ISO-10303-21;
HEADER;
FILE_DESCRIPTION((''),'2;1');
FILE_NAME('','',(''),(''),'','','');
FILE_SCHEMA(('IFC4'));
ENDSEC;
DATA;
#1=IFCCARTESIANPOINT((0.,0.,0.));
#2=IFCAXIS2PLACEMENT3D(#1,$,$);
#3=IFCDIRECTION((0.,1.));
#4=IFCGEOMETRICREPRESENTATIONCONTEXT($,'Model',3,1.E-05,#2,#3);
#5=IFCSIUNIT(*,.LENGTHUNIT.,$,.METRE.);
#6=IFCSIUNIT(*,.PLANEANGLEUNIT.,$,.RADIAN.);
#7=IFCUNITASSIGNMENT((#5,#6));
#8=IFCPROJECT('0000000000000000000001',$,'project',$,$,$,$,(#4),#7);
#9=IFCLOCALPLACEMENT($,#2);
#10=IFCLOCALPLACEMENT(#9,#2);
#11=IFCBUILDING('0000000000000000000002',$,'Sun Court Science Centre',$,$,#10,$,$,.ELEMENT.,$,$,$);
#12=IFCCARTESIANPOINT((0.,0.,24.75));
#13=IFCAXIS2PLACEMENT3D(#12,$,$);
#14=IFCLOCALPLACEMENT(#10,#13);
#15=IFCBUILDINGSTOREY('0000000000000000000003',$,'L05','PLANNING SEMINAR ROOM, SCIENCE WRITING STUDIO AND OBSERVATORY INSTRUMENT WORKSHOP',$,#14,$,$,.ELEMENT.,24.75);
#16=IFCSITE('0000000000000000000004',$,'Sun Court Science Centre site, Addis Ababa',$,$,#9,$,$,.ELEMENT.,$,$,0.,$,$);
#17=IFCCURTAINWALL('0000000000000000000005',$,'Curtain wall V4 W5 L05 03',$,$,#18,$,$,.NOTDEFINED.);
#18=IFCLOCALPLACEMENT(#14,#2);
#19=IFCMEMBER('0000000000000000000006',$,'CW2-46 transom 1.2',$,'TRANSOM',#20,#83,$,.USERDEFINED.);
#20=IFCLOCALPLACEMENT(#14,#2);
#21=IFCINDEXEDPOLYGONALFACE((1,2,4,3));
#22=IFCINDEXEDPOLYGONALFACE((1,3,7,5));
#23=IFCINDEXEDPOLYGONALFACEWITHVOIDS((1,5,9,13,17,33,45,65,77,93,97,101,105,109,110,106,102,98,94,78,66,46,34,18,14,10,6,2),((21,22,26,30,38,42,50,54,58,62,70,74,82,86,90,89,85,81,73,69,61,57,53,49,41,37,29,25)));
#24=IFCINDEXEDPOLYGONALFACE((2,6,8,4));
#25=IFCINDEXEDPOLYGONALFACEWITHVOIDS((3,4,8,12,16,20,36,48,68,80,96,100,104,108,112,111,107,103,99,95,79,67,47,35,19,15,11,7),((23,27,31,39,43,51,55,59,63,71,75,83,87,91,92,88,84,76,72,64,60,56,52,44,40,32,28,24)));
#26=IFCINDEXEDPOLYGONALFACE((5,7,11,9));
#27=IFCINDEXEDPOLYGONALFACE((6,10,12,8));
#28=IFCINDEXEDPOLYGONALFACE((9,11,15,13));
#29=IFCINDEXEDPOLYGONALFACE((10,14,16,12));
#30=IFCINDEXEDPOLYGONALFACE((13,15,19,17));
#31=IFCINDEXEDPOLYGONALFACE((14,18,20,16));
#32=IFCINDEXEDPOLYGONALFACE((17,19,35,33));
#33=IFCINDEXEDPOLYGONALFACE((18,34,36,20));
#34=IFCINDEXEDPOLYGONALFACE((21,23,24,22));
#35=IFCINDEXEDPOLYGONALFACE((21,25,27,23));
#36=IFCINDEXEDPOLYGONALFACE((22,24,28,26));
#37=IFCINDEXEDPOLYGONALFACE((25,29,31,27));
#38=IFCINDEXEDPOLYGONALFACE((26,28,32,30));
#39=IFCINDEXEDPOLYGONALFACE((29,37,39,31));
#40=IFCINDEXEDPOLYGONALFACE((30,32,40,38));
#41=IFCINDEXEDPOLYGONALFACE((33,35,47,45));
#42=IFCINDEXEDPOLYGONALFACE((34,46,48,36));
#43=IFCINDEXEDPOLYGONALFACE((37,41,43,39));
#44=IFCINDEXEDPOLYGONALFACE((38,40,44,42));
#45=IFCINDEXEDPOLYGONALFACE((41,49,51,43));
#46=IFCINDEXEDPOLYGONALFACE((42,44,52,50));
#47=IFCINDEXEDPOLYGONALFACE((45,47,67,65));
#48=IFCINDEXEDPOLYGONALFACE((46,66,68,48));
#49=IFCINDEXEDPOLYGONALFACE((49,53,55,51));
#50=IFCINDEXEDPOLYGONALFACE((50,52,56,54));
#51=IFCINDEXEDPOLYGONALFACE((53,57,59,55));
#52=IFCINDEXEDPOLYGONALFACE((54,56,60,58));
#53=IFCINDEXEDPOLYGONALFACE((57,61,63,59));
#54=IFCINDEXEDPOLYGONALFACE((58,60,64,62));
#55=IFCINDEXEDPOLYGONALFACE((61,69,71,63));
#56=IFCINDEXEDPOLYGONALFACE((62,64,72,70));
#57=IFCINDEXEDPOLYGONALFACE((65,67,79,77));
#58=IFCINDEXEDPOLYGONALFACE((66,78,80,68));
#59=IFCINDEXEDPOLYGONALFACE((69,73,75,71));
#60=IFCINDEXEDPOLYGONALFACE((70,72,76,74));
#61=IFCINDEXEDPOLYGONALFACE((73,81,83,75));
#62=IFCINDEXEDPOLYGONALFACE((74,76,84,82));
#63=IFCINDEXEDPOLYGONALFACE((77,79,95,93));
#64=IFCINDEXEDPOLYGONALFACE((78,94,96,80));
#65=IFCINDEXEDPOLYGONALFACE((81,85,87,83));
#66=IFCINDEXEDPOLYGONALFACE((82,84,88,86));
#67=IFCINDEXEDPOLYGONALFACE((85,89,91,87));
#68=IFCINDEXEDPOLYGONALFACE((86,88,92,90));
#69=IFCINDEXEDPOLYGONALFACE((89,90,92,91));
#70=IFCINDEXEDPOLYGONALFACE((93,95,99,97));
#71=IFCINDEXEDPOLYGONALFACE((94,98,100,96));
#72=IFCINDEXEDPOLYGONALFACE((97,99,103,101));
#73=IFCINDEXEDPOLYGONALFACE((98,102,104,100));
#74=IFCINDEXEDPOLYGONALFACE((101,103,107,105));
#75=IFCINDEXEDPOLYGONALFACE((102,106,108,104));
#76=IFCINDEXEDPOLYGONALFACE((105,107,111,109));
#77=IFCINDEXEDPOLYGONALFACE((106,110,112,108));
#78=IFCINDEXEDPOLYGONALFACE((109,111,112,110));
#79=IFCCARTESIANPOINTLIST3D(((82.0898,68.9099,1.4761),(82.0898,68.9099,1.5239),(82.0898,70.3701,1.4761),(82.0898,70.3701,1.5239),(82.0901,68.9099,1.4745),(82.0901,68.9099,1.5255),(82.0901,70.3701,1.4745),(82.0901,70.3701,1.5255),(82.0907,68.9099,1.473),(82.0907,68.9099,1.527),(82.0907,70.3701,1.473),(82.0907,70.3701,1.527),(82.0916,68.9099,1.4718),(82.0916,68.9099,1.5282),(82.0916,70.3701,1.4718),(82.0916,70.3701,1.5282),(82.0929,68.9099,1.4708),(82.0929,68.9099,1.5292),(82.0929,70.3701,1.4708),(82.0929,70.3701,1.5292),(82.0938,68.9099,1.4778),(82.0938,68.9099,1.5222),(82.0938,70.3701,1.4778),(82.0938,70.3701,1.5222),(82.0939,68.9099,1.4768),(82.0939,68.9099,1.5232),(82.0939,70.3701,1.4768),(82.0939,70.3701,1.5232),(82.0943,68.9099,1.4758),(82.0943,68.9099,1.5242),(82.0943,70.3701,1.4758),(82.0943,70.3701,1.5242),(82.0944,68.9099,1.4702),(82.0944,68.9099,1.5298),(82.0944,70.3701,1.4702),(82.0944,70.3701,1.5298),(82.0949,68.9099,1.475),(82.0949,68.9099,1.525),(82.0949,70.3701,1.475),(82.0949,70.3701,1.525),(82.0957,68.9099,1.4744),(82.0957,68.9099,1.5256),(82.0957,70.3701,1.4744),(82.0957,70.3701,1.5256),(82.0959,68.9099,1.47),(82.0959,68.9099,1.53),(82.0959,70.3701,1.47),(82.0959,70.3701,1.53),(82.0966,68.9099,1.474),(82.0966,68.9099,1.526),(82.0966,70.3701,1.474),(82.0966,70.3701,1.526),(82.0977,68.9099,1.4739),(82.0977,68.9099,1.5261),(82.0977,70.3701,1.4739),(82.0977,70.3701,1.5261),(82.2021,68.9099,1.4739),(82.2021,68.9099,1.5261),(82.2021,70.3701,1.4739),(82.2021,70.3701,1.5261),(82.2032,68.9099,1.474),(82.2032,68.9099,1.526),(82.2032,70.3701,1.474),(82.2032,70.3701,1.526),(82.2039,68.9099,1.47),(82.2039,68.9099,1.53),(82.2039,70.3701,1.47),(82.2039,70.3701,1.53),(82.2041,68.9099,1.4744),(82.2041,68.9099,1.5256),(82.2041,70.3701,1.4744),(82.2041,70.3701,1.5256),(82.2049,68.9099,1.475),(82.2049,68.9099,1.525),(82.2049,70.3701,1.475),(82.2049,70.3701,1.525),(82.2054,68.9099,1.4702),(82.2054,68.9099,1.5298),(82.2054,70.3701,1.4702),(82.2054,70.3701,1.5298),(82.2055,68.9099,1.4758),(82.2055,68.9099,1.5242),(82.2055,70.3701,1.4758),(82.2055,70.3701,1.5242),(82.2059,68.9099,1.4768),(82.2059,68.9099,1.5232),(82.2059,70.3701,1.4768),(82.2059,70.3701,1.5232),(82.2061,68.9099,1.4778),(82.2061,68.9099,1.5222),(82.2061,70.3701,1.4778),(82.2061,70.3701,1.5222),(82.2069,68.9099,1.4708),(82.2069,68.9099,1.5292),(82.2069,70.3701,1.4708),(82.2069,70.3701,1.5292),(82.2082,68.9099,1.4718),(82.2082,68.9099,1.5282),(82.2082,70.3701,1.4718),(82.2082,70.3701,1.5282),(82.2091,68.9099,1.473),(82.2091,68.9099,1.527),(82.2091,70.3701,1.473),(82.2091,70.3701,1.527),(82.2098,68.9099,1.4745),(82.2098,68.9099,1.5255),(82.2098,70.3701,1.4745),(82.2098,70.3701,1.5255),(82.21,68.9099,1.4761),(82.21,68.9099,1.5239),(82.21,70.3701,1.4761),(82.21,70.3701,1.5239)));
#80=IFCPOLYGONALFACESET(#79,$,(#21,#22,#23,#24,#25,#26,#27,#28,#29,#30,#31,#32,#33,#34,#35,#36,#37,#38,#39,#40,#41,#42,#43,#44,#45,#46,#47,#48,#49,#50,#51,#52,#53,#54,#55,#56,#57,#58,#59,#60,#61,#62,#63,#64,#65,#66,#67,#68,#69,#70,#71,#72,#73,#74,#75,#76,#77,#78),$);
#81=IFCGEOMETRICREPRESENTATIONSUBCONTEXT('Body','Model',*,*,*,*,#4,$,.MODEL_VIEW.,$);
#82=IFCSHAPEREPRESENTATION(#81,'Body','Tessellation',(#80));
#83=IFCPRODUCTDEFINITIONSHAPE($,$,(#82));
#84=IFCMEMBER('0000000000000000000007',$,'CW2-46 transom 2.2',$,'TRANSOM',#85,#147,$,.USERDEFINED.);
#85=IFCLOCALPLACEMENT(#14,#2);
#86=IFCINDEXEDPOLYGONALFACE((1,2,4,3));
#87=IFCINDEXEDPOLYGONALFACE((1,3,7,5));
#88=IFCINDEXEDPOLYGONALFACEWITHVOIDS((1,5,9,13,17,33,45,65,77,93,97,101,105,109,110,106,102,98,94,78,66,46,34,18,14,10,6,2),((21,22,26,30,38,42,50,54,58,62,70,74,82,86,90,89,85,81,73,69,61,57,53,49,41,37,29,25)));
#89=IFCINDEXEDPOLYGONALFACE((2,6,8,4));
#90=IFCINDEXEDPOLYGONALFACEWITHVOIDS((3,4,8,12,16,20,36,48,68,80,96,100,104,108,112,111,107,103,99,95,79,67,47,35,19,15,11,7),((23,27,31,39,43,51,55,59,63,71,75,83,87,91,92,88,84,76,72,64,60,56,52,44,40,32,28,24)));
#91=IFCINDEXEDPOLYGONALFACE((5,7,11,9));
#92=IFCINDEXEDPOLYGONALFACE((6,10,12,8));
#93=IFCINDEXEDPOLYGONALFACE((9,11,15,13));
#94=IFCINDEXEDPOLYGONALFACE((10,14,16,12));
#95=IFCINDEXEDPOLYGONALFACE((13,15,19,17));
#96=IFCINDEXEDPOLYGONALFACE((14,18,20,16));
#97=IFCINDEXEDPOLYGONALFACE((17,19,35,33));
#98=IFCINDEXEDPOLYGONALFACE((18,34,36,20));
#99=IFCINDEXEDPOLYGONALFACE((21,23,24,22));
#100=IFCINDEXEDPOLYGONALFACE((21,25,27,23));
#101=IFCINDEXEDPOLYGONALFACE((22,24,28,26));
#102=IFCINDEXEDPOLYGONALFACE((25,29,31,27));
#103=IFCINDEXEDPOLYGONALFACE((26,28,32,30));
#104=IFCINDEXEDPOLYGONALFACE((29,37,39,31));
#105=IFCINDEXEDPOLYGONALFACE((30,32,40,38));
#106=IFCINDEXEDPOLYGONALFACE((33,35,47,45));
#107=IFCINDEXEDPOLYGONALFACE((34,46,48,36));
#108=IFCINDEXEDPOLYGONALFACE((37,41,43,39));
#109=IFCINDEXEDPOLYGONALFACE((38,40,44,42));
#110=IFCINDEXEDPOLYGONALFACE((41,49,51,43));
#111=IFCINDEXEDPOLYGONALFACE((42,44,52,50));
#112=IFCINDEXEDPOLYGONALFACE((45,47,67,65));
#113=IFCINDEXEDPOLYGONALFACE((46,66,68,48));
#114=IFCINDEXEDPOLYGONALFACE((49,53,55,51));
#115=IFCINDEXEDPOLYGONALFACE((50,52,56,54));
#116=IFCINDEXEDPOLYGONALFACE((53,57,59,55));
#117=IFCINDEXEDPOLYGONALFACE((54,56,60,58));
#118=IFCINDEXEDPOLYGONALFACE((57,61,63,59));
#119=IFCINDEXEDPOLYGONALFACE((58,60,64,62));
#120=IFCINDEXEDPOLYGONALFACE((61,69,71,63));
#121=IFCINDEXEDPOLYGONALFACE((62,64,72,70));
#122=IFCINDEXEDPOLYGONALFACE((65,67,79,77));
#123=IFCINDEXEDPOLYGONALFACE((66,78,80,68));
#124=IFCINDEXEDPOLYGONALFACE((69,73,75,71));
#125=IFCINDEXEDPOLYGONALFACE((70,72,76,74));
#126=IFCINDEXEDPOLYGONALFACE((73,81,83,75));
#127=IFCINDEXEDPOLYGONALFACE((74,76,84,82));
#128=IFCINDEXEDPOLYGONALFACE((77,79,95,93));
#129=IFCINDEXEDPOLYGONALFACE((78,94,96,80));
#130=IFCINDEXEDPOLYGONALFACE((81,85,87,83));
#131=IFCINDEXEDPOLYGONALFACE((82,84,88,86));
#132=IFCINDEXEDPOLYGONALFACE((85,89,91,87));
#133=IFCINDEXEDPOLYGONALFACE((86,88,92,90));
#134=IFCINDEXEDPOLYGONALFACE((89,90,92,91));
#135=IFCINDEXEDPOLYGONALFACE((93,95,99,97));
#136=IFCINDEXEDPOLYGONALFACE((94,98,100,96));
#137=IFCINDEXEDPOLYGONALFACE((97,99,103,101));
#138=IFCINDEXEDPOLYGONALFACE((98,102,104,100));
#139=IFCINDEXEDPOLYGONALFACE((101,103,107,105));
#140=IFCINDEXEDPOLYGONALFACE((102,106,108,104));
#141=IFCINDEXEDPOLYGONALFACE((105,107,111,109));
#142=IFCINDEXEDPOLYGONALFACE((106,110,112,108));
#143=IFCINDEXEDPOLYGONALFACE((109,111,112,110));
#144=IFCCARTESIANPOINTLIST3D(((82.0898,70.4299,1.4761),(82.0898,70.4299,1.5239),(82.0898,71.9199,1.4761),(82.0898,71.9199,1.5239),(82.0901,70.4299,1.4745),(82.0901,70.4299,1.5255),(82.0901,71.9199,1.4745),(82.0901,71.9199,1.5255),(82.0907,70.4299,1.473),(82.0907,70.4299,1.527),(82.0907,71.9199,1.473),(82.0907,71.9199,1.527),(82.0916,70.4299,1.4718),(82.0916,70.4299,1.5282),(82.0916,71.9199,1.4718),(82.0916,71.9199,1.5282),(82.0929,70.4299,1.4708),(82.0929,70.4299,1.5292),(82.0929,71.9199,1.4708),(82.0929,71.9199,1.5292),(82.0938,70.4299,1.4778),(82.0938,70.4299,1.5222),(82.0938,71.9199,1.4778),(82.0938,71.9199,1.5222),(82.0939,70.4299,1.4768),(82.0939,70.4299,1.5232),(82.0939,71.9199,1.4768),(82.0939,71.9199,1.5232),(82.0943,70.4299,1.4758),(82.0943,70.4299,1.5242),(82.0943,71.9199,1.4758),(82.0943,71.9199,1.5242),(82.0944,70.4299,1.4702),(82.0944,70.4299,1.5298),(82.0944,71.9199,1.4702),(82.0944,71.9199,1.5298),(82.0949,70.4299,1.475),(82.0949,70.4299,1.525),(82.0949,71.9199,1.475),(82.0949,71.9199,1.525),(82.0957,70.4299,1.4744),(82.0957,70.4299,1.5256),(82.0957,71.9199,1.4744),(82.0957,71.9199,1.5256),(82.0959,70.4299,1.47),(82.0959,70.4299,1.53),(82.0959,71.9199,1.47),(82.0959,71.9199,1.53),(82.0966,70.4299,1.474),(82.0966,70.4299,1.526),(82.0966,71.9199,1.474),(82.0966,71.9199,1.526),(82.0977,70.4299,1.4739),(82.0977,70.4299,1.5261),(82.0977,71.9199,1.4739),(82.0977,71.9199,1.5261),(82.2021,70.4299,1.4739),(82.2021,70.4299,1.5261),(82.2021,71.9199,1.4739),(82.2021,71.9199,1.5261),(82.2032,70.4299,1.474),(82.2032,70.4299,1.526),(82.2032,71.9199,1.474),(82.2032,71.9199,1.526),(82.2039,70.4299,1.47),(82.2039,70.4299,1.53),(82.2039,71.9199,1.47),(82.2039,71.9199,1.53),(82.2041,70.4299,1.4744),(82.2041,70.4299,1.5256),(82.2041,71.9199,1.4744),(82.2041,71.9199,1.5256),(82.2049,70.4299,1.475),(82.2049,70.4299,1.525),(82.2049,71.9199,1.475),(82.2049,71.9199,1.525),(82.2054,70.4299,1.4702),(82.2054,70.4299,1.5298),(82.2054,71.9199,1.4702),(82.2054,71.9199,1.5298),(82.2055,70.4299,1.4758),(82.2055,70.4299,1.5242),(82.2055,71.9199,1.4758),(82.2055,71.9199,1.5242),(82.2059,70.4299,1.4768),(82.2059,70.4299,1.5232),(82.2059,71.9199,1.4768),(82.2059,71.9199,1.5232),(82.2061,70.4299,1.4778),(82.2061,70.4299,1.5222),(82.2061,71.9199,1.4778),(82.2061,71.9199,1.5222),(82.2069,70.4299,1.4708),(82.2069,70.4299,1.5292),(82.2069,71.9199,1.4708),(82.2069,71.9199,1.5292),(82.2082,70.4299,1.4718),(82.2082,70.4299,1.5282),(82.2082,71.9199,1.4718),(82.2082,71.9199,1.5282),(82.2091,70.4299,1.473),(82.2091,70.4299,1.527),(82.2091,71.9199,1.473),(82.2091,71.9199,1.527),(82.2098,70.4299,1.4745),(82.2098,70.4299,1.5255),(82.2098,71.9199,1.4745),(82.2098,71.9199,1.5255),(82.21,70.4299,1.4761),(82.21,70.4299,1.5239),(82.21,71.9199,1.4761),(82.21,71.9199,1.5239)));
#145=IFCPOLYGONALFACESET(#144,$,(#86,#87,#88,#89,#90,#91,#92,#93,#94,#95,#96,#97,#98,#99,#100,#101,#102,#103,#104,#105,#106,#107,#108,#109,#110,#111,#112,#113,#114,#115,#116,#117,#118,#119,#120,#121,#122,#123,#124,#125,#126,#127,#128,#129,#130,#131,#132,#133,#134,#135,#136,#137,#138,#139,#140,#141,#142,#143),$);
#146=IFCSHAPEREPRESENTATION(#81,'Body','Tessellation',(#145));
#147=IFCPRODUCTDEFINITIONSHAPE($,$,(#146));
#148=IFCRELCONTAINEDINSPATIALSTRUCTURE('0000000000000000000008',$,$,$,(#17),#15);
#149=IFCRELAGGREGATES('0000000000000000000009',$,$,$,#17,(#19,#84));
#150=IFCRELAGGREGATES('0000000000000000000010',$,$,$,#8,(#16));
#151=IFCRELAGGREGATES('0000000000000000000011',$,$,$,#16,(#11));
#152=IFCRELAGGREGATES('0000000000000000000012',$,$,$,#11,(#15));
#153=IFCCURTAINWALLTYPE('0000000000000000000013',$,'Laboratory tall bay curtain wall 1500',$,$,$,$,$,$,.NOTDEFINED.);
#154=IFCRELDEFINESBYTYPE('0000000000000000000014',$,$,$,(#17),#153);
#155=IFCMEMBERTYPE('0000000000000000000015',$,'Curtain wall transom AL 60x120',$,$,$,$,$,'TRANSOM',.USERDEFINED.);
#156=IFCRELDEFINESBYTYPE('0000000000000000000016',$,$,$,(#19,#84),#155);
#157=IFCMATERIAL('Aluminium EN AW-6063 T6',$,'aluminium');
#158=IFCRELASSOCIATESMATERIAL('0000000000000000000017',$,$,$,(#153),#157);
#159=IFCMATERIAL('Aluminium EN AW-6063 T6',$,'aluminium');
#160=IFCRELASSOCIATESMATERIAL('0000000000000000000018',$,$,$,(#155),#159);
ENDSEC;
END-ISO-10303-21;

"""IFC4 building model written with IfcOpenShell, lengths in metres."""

from ifc_helpers import new_model, si_unit, direction, frame, origin, origin_2d, place, context, subcontext, project, spatial, hollow_rectangle, extrude, material, material_profile, profile_set, type_object, element, aggregate, save


model = new_model("IFC4")

# Units and contexts
model_context = context("Model", 3, precision=1e-05, world=origin(), true_north=direction((0.0, 1.0)))
body_context = subcontext(model_context, "Body", "Model", "MODEL_VIEW")
ifc_project = project(units=[si_unit("LENGTHUNIT", "METRE"), si_unit("PLANEANGLEUNIT", "RADIAN")], contexts=[model_context])

# Site, building, storey
site_placement = place(None, origin())
site = spatial("IfcSite", under=ifc_project, at=site_placement, Name="Sun Court Science Centre site, Addis Ababa", CompositionType="ELEMENT", RefElevation=0.0)
building_placement = place(site_placement, origin())
building = spatial("IfcBuilding", under=site, at=building_placement, Name="Sun Court Science Centre", CompositionType="ELEMENT")
storey_placement = place(building_placement, frame((0.0, 0.0, 24.75)))
storey = spatial("IfcBuildingStorey", under=building, at=storey_placement, Name="L05", Description="PLANNING SEMINAR ROOM, SCIENCE WRITING STUDIO AND OBSERVATORY INSTRUMENT WORKSHOP", CompositionType="ELEMENT", Elevation=24.75)

# Curtain wall, members
ifc_material_1 = material(Name="Aluminium EN AW-6063 T6", Category="aluminium")
curtain_wall_type = type_object("IfcCurtainWallType", Name="Laboratory tall bay curtain wall 1500", PredefinedType="NOTDEFINED", material=ifc_material_1)
curtain_wall_placement = place(storey_placement, origin())
curtain_wall = element("IfcCurtainWall", 1, at=curtain_wall_placement, inside=storey, type_object=curtain_wall_type, Name="Curtain wall V4 W5 L05 03", PredefinedType="NOTDEFINED")
ifc_material_2 = material(Name="Aluminium EN AW-6063 T6", Category="aluminium")
ifc_material_profile_1 = material_profile(ifc_material_2, hollow_rectangle(XDim=0.0601, YDim=0.1201, WallThickness=0.0039, InnerFilletRadius=0.0039, OuterFilletRadius=0.0061, at=origin_2d()), Name="AL 60x120x4")
ifc_profile_set_1 = profile_set([ifc_material_profile_1], Name="Aluminium EN AW-6063 T6")
member_type_1 = type_object("IfcMemberType", Name="Curtain wall transom AL 60x120", ElementType="TRANSOM", PredefinedType="USERDEFINED", material=ifc_profile_set_1)
member_1_placement = place(storey_placement, frame((82.1499, 68.9099, 1.5), z_axis=(0.0, 1.0, 0.0), x_axis=(0.0, 0.0, 1.0)))
member_1 = element("IfcMember", 2, at=member_1_placement, type_object=member_type_1, Name="CW2-46 transom 1.2", ObjectType="TRANSOM", PredefinedType="USERDEFINED", context=body_context, shape_type="SweptSolid", body=[
    extrude(hollow_rectangle(XDim=0.0601, YDim=0.1201, WallThickness=0.0039, InnerFilletRadius=0.0039, OuterFilletRadius=0.0061, at=origin_2d()), origin(), (0.0, 0.0, 1.0), 1.4602),
])
member_2_placement = place(storey_placement, frame((82.1499, 70.4299, 1.5), z_axis=(0.0, 1.0, 0.0), x_axis=(0.0, 0.0, 1.0)))
member_2 = element("IfcMember", 3, at=member_2_placement, type_object=member_type_1, Name="CW2-46 transom 2.2", ObjectType="TRANSOM", PredefinedType="USERDEFINED", context=body_context, shape_type="SweptSolid", body=[
    extrude(hollow_rectangle(XDim=0.0601, YDim=0.1201, WallThickness=0.0039, InnerFilletRadius=0.0039, OuterFilletRadius=0.0061, at=origin_2d()), origin(), (0.0, 0.0, 1.0), 1.49),
])

aggregate(curtain_wall, [member_1, member_2])

save(model, "model.ifc")
